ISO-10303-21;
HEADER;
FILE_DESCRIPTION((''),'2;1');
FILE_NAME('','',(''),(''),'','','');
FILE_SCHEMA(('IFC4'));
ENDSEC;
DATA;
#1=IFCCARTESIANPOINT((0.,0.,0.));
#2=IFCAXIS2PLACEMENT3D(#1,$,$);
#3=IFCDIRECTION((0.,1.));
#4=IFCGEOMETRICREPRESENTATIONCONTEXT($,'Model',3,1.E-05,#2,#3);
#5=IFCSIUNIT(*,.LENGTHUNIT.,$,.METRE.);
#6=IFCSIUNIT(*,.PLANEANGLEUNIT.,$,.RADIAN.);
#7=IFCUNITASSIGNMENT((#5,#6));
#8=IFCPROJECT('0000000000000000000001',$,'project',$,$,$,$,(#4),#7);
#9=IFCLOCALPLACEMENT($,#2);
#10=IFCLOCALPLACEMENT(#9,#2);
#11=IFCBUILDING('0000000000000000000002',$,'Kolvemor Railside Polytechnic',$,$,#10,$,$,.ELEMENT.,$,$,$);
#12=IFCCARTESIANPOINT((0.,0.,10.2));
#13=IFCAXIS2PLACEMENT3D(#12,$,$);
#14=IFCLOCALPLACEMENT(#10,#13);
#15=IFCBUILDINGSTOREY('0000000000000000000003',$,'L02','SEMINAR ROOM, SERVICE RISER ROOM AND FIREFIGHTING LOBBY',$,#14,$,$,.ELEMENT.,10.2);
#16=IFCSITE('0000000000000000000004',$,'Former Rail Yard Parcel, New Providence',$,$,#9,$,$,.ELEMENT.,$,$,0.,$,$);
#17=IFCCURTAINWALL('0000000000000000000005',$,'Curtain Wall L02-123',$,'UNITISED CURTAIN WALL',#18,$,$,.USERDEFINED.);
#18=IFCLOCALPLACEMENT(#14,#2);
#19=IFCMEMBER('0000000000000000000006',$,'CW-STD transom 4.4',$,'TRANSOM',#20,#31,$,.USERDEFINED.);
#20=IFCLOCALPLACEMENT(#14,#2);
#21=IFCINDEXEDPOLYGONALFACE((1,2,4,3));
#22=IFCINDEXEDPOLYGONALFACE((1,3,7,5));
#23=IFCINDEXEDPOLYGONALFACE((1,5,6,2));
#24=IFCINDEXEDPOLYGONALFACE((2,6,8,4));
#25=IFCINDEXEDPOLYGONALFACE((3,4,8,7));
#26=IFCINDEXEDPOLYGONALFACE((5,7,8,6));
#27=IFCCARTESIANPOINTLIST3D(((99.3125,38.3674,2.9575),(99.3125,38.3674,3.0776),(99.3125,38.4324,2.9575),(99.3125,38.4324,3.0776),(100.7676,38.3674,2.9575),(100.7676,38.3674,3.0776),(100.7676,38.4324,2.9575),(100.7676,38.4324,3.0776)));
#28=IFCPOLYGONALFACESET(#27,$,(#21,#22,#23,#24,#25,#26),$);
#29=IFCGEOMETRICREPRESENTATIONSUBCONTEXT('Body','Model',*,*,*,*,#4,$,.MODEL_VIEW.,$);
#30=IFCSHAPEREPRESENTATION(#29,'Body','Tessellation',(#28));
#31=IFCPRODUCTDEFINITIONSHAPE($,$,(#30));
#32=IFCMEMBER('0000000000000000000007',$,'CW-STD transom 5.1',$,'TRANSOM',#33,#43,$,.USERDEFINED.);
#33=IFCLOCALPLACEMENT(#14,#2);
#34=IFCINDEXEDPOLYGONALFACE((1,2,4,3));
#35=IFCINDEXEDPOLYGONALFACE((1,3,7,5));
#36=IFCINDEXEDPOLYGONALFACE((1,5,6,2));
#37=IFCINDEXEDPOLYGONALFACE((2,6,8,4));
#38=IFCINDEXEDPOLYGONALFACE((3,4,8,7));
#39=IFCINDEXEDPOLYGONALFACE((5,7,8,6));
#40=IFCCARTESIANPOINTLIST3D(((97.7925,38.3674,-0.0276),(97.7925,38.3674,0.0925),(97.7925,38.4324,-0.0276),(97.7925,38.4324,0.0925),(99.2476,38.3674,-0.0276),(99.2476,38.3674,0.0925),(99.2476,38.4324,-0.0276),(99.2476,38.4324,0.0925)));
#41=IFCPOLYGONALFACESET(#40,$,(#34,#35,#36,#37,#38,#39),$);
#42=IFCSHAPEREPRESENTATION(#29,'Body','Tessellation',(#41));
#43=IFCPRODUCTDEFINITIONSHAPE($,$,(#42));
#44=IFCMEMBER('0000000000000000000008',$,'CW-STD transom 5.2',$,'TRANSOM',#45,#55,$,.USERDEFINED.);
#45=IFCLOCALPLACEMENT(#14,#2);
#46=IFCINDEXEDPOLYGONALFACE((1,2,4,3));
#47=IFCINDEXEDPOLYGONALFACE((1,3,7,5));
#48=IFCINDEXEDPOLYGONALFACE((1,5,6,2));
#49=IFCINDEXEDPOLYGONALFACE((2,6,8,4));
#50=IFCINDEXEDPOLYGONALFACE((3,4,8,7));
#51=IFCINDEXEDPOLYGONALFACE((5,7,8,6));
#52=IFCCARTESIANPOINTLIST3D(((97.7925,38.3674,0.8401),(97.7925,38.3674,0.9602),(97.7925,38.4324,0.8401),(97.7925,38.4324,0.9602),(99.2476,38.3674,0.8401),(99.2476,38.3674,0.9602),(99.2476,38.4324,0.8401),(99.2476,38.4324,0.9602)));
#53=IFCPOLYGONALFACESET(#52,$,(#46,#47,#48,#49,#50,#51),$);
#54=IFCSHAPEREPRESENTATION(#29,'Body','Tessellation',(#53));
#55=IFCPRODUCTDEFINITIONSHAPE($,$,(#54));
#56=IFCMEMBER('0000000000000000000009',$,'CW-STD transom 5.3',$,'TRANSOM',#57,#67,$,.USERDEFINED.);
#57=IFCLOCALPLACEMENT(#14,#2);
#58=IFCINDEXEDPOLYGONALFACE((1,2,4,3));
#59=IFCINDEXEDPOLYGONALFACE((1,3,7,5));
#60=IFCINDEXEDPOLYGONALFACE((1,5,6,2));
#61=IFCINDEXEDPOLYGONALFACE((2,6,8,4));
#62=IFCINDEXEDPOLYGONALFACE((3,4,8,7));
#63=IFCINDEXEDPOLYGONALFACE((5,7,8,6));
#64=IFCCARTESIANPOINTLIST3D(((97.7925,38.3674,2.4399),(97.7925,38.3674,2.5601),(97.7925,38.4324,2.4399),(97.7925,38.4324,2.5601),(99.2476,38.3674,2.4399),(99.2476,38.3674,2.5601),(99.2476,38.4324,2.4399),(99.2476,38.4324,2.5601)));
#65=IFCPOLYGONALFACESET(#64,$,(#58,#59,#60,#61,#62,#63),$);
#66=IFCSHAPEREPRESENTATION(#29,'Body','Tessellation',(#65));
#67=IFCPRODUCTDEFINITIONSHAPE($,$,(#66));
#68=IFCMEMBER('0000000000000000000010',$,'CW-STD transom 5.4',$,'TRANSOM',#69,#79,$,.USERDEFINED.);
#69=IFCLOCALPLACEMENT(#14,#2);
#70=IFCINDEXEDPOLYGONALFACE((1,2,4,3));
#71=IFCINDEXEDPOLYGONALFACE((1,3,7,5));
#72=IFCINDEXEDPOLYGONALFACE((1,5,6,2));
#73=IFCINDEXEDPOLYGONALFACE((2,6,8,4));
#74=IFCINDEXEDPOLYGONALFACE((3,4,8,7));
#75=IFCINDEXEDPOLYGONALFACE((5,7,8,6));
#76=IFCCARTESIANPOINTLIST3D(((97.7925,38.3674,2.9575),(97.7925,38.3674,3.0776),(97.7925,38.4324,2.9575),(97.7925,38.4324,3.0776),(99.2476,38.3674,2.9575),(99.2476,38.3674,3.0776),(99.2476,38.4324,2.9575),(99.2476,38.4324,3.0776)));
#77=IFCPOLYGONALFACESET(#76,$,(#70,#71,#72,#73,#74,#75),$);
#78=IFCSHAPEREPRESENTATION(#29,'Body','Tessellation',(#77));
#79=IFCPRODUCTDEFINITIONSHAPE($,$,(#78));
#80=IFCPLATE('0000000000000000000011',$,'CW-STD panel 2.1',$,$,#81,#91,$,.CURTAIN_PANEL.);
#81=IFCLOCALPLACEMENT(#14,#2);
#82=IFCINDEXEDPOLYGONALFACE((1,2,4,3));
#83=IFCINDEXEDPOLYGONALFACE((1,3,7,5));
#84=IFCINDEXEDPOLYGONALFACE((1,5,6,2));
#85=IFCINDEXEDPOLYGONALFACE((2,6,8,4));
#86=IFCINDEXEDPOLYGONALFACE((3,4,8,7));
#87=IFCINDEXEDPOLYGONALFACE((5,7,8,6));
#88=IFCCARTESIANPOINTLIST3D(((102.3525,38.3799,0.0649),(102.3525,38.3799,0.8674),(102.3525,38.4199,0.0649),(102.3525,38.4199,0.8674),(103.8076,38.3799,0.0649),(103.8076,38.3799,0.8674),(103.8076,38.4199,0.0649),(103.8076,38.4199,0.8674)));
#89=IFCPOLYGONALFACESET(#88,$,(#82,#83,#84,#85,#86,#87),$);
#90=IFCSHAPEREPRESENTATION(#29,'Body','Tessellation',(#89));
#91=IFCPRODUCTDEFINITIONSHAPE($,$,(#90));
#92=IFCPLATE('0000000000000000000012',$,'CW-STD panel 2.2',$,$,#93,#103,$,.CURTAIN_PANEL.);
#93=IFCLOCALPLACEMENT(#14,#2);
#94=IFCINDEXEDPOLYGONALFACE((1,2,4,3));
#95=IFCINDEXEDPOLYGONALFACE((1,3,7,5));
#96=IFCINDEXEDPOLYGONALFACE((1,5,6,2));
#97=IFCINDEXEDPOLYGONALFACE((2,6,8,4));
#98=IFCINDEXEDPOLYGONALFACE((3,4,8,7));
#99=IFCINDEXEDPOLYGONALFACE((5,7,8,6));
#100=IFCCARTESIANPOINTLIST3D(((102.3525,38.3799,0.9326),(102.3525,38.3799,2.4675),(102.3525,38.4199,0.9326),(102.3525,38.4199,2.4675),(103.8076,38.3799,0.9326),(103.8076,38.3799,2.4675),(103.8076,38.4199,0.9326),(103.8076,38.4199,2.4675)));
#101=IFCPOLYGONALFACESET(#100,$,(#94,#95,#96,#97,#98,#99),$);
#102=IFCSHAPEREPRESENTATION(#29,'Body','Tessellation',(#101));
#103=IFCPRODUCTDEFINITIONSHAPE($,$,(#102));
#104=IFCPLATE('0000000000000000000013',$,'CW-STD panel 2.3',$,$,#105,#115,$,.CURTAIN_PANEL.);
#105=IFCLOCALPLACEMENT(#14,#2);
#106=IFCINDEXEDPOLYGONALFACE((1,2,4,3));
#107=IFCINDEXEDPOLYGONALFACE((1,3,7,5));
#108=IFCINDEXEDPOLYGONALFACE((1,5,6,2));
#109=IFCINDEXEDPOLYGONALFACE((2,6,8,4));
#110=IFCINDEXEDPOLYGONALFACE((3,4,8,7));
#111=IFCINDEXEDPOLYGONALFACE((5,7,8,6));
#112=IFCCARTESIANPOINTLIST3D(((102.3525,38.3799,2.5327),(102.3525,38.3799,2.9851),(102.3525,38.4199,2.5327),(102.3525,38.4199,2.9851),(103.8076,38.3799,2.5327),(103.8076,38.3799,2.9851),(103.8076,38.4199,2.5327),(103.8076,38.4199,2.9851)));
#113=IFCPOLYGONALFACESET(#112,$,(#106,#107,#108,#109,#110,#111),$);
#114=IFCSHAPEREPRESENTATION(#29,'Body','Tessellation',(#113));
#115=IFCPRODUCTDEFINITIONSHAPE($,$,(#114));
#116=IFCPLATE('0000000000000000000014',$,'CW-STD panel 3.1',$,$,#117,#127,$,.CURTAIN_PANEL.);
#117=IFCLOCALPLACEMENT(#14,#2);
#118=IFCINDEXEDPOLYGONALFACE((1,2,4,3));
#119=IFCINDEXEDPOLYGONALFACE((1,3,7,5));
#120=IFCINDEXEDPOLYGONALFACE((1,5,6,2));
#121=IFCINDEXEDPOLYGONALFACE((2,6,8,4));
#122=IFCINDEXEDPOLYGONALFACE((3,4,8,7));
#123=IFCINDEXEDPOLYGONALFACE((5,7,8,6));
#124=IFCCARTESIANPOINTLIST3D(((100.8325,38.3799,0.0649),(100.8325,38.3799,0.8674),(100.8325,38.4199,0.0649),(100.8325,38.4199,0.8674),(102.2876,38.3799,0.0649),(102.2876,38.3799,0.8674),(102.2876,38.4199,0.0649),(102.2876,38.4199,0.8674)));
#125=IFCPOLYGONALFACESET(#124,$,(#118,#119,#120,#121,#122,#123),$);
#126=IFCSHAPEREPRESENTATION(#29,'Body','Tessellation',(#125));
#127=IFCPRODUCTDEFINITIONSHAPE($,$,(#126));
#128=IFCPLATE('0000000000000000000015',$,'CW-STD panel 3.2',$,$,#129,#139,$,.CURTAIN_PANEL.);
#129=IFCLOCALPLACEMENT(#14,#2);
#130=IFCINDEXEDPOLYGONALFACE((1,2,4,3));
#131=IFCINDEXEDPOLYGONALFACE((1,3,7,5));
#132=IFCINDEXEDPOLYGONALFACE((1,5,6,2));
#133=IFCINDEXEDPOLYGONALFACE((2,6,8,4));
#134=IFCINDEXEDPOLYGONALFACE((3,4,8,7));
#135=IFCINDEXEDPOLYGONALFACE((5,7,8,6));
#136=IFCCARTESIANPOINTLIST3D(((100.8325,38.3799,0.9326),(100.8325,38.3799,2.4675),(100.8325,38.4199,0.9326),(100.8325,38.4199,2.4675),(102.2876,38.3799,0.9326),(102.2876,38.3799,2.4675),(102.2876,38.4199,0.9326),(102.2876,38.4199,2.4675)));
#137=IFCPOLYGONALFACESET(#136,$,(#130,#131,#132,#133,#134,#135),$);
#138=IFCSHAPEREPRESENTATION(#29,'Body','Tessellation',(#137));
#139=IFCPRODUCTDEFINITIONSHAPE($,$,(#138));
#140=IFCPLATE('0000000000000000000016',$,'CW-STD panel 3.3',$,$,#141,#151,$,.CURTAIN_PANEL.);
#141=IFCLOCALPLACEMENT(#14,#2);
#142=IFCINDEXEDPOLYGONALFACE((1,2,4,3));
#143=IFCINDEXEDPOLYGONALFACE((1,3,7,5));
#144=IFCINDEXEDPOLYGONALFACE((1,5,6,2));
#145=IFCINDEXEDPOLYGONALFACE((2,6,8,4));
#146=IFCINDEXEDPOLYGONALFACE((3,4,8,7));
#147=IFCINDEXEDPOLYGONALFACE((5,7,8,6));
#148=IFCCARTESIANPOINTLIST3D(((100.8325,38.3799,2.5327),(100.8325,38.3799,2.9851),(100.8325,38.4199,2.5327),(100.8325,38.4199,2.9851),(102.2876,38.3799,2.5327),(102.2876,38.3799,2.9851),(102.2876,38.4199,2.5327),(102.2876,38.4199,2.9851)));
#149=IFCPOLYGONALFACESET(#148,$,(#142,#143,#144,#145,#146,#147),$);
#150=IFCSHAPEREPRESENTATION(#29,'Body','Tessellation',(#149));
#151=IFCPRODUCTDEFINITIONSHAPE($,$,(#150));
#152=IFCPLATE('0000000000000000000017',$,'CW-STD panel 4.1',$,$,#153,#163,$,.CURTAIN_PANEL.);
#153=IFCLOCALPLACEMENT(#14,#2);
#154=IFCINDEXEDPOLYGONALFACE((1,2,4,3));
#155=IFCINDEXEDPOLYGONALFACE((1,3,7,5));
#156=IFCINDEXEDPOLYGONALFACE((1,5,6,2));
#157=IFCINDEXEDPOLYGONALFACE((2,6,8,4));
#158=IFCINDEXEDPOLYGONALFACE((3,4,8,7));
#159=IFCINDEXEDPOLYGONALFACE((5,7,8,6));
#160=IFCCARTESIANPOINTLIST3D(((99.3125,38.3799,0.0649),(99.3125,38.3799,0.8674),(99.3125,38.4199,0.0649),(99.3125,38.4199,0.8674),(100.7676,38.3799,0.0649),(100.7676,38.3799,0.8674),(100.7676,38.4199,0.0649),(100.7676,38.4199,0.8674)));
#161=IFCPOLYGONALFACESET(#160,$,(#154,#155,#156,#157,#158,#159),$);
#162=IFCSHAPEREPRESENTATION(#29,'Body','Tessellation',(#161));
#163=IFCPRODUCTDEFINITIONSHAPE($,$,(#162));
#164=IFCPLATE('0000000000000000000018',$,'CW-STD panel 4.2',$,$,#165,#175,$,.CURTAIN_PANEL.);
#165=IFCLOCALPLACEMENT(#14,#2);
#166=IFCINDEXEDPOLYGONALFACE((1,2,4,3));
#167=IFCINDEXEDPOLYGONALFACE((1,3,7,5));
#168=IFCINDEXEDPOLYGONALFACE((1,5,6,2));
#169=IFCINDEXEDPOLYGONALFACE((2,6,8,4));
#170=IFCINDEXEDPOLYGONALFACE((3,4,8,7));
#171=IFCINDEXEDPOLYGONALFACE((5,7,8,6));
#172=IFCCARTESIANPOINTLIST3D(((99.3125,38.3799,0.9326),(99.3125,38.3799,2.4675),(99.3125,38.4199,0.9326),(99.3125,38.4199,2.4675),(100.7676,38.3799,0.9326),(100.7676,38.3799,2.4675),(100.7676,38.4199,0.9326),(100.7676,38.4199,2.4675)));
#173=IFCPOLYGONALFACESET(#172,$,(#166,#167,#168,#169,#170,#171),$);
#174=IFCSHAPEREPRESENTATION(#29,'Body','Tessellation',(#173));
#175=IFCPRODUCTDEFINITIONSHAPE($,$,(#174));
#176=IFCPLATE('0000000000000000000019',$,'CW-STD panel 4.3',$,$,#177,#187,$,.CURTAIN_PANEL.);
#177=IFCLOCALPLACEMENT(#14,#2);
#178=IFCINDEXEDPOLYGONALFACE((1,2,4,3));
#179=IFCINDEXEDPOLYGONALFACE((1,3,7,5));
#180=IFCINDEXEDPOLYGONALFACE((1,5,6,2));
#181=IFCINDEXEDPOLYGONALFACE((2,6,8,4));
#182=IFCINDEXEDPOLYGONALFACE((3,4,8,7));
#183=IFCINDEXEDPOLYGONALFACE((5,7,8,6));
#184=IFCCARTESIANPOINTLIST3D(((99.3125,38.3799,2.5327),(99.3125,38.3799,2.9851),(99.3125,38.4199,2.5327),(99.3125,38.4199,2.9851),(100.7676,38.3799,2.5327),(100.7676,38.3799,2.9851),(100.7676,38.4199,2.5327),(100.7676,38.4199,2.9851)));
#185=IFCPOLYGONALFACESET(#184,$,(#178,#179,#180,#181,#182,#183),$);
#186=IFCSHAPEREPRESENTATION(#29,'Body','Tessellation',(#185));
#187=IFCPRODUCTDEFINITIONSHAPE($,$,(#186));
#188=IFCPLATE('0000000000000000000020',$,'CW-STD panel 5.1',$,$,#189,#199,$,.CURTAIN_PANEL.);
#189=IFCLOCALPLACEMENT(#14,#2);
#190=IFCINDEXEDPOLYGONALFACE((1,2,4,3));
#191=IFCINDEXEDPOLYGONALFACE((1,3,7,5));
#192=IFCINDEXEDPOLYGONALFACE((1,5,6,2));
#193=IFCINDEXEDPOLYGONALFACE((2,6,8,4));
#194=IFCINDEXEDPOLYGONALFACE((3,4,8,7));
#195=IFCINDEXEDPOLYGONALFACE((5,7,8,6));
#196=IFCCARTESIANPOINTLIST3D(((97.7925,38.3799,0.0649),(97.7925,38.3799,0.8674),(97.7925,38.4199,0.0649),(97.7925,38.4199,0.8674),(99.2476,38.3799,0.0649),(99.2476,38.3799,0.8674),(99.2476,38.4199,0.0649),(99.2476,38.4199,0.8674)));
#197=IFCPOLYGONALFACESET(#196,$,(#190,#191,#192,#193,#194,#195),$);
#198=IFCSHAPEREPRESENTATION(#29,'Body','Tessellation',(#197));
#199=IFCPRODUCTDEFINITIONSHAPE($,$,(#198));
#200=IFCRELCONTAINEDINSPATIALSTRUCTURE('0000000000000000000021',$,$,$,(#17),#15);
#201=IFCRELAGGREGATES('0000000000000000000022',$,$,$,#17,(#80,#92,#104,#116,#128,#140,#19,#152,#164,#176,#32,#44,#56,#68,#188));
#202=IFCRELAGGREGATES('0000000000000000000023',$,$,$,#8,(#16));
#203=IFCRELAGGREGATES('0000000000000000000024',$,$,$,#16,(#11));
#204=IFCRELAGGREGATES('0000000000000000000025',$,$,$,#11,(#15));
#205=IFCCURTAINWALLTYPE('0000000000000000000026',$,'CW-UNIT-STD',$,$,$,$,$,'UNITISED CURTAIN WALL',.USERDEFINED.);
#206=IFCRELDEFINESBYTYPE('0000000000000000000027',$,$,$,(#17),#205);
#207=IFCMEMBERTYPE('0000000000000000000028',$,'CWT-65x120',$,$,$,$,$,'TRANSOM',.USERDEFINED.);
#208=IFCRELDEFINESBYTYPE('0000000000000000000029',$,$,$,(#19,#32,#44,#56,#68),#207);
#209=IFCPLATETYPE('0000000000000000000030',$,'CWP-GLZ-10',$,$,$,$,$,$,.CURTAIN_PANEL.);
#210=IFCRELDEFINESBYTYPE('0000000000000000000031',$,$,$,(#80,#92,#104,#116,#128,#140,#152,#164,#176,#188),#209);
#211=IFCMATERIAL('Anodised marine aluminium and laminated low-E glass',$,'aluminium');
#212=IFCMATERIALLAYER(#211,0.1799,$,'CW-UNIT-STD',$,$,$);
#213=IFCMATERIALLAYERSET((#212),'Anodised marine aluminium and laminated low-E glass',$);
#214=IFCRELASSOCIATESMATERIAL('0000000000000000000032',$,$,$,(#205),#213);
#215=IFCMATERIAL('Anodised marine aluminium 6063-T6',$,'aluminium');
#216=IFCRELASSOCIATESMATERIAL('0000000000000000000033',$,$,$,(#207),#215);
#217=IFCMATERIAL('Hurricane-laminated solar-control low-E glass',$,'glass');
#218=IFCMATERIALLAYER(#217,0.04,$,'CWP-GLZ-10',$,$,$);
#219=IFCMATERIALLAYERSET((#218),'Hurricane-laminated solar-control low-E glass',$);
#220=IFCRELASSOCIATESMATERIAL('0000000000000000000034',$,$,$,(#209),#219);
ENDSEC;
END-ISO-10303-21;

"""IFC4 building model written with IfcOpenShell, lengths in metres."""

from ifc_helpers import new_model, si_unit, direction, frame, origin, origin_2d, place, context, subcontext, project, spatial, rectangle, extrude, material, layer, layer_set, material_profile, profile_set, type_object, element, aggregate, save


model = new_model("IFC4")

# Units and contexts
model_context = context("Model", 3, precision=1e-05, world=origin(), true_north=direction((0.0, 1.0)))
body_context = subcontext(model_context, "Body", "Model", "MODEL_VIEW")
ifc_project = project(units=[si_unit("LENGTHUNIT", "METRE"), si_unit("PLANEANGLEUNIT", "RADIAN")], contexts=[model_context])

# Site, building, storey
site_placement = place(None, origin())
site = spatial("IfcSite", under=ifc_project, at=site_placement, Name="Former Rail Yard Parcel, New Providence", CompositionType="ELEMENT", RefElevation=0.0)
building_placement = place(site_placement, origin())
building = spatial("IfcBuilding", under=site, at=building_placement, Name="Kolvemor Railside Polytechnic", CompositionType="ELEMENT")
storey_placement = place(building_placement, frame((0.0, 0.0, 10.2)))
storey = spatial("IfcBuildingStorey", under=building, at=storey_placement, Name="L02", Description="SEMINAR ROOM, SERVICE RISER ROOM AND FIREFIGHTING LOBBY", CompositionType="ELEMENT", Elevation=10.2)

# Curtain wall, members, plates
ifc_material_1 = material(Name="Anodised marine aluminium and laminated low-E glass", Category="aluminium")
ifc_layer_1 = layer(ifc_material_1, 0.1799, Name="CW-UNIT-STD")
ifc_layer_set_1 = layer_set([ifc_layer_1], Name="Anodised marine aluminium and laminated low-E glass")
curtain_wall_type = type_object("IfcCurtainWallType", Name="CW-UNIT-STD", ElementType="UNITISED CURTAIN WALL", PredefinedType="USERDEFINED", material=ifc_layer_set_1)
curtain_wall_placement = place(storey_placement, origin())
curtain_wall = element("IfcCurtainWall", 1, at=curtain_wall_placement, inside=storey, type_object=curtain_wall_type, Name="Curtain Wall L02-123", ObjectType="UNITISED CURTAIN WALL", PredefinedType="USERDEFINED")
ifc_material_2 = material(Name="Anodised marine aluminium 6063-T6", Category="aluminium")
ifc_material_profile_1 = material_profile(ifc_material_2, rectangle(XDim=0.0649, YDim=0.1201, at=origin_2d()), Name="CW-TRN-65x120")
ifc_profile_set_1 = profile_set([ifc_material_profile_1], Name="Anodised marine aluminium 6063-T6")
member_type_1 = type_object("IfcMemberType", Name="CWT-65x120", ElementType="TRANSOM", PredefinedType="USERDEFINED", material=ifc_profile_set_1)
member_1_placement = place(storey_placement, frame((100.7676, 38.3999, 3.0176), z_axis=(-1.0, 0.0, 0.0), x_axis=(0.0, -1.0, 0.0)))
member_1 = element("IfcMember", 2, at=member_1_placement, type_object=member_type_1, Name="CW-STD transom 4.4", ObjectType="TRANSOM", PredefinedType="USERDEFINED", context=body_context, shape_type="SweptSolid", body=[
    extrude(rectangle(XDim=0.0649, YDim=0.1201, at=origin_2d()), origin(), (0.0, 0.0, 1.0), 1.4551),
])
member_2_placement = place(storey_placement, frame((99.2476, 38.3999, 0.0325), z_axis=(-1.0, 0.0, 0.0), x_axis=(0.0, -1.0, 0.0)))
member_2 = element("IfcMember", 3, at=member_2_placement, type_object=member_type_1, Name="CW-STD transom 5.1", ObjectType="TRANSOM", PredefinedType="USERDEFINED", context=body_context, shape_type="SweptSolid", body=[
    extrude(rectangle(XDim=0.0649, YDim=0.1201, at=origin_2d()), origin(), (0.0, 0.0, 1.0), 1.4551),
])
member_3_placement = place(storey_placement, frame((99.2476, 38.3999, 0.9001), z_axis=(-1.0, 0.0, 0.0), x_axis=(0.0, -1.0, 0.0)))
member_3 = element("IfcMember", 4, at=member_3_placement, type_object=member_type_1, Name="CW-STD transom 5.2", ObjectType="TRANSOM", PredefinedType="USERDEFINED", context=body_context, shape_type="SweptSolid", body=[
    extrude(rectangle(XDim=0.0649, YDim=0.1201, at=origin_2d()), origin(), (0.0, 0.0, 1.0), 1.4551),
])
member_4_placement = place(storey_placement, frame((99.2476, 38.3999, 2.5), z_axis=(-1.0, 0.0, 0.0), x_axis=(0.0, -1.0, 0.0)))
member_4 = element("IfcMember", 5, at=member_4_placement, type_object=member_type_1, Name="CW-STD transom 5.3", ObjectType="TRANSOM", PredefinedType="USERDEFINED", context=body_context, shape_type="SweptSolid", body=[
    extrude(rectangle(XDim=0.0649, YDim=0.1201, at=origin_2d()), origin(), (0.0, 0.0, 1.0), 1.4551),
])
member_5_placement = place(storey_placement, frame((99.2476, 38.3999, 3.0176), z_axis=(-1.0, 0.0, 0.0), x_axis=(0.0, -1.0, 0.0)))
member_5 = element("IfcMember", 6, at=member_5_placement, type_object=member_type_1, Name="CW-STD transom 5.4", ObjectType="TRANSOM", PredefinedType="USERDEFINED", context=body_context, shape_type="SweptSolid", body=[
    extrude(rectangle(XDim=0.0649, YDim=0.1201, at=origin_2d()), origin(), (0.0, 0.0, 1.0), 1.4551),
])
ifc_material_3 = material(Name="Hurricane-laminated solar-control low-E glass", Category="glass")
ifc_layer_2 = layer(ifc_material_3, 0.04, Name="CWP-GLZ-10")
ifc_layer_set_2 = layer_set([ifc_layer_2], Name="Hurricane-laminated solar-control low-E glass")
plate_type = type_object("IfcPlateType", Name="CWP-GLZ-10", PredefinedType="CURTAIN_PANEL", material=ifc_layer_set_2)
plate_1_placement = place(storey_placement, frame((103.0801, 38.3999, 0.0649), z_axis=(0.0, 0.0, 1.0), x_axis=(-1.0, 0.0, 0.0)))
plate_1 = element("IfcPlate", 7, at=plate_1_placement, type_object=plate_type, Name="CW-STD panel 2.1", PredefinedType="CURTAIN_PANEL", context=body_context, shape_type="SweptSolid", body=[
    extrude(rectangle(XDim=1.4551, YDim=0.04, at=origin_2d()), origin(), (0.0, 0.0, 1.0), 0.8025),
])
plate_2_placement = place(storey_placement, frame((103.0801, 38.3999, 0.9326), z_axis=(0.0, 0.0, 1.0), x_axis=(-1.0, 0.0, 0.0)))
plate_2 = element("IfcPlate", 8, at=plate_2_placement, type_object=plate_type, Name="CW-STD panel 2.2", PredefinedType="CURTAIN_PANEL", context=body_context, shape_type="SweptSolid", body=[
    extrude(rectangle(XDim=1.4551, YDim=0.04, at=origin_2d()), origin(), (0.0, 0.0, 1.0), 1.5349),
])
plate_3_placement = place(storey_placement, frame((103.0801, 38.3999, 2.5327), z_axis=(0.0, 0.0, 1.0), x_axis=(-1.0, 0.0, 0.0)))
plate_3 = element("IfcPlate", 9, at=plate_3_placement, type_object=plate_type, Name="CW-STD panel 2.3", PredefinedType="CURTAIN_PANEL", context=body_context, shape_type="SweptSolid", body=[
    extrude(rectangle(XDim=1.4551, YDim=0.04, at=origin_2d()), origin(), (0.0, 0.0, 1.0), 0.4524),
])
plate_4_placement = place(storey_placement, frame((101.5601, 38.3999, 0.0649), z_axis=(0.0, 0.0, 1.0), x_axis=(-1.0, 0.0, 0.0)))
plate_4 = element("IfcPlate", 10, at=plate_4_placement, type_object=plate_type, Name="CW-STD panel 3.1", PredefinedType="CURTAIN_PANEL", context=body_context, shape_type="SweptSolid", body=[
    extrude(rectangle(XDim=1.4551, YDim=0.04, at=origin_2d()), origin(), (0.0, 0.0, 1.0), 0.8025),
])
plate_5_placement = place(storey_placement, frame((101.5601, 38.3999, 0.9326), z_axis=(0.0, 0.0, 1.0), x_axis=(-1.0, 0.0, 0.0)))
plate_5 = element("IfcPlate", 11, at=plate_5_placement, type_object=plate_type, Name="CW-STD panel 3.2", PredefinedType="CURTAIN_PANEL", context=body_context, shape_type="SweptSolid", body=[
    extrude(rectangle(XDim=1.4551, YDim=0.04, at=origin_2d()), origin(), (0.0, 0.0, 1.0), 1.5349),
])
plate_6_placement = place(storey_placement, frame((101.5601, 38.3999, 2.5327), z_axis=(0.0, 0.0, 1.0), x_axis=(-1.0, 0.0, 0.0)))
plate_6 = element("IfcPlate", 12, at=plate_6_placement, type_object=plate_type, Name="CW-STD panel 3.3", PredefinedType="CURTAIN_PANEL", context=body_context, shape_type="SweptSolid", body=[
    extrude(rectangle(XDim=1.4551, YDim=0.04, at=origin_2d()), origin(), (0.0, 0.0, 1.0), 0.4524),
])
plate_7_placement = place(storey_placement, frame((100.04, 38.3999, 0.0649), z_axis=(0.0, 0.0, 1.0), x_axis=(-1.0, 0.0, 0.0)))
plate_7 = element("IfcPlate", 13, at=plate_7_placement, type_object=plate_type, Name="CW-STD panel 4.1", PredefinedType="CURTAIN_PANEL", context=body_context, shape_type="SweptSolid", body=[
    extrude(rectangle(XDim=1.4551, YDim=0.04, at=origin_2d()), origin(), (0.0, 0.0, 1.0), 0.8025),
])
plate_8_placement = place(storey_placement, frame((100.04, 38.3999, 0.9326), z_axis=(0.0, 0.0, 1.0), x_axis=(-1.0, 0.0, 0.0)))
plate_8 = element("IfcPlate", 14, at=plate_8_placement, type_object=plate_type, Name="CW-STD panel 4.2", PredefinedType="CURTAIN_PANEL", context=body_context, shape_type="SweptSolid", body=[
    extrude(rectangle(XDim=1.4551, YDim=0.04, at=origin_2d()), origin(), (0.0, 0.0, 1.0), 1.5349),
])
plate_9_placement = place(storey_placement, frame((100.04, 38.3999, 2.5327), z_axis=(0.0, 0.0, 1.0), x_axis=(-1.0, 0.0, 0.0)))
plate_9 = element("IfcPlate", 15, at=plate_9_placement, type_object=plate_type, Name="CW-STD panel 4.3", PredefinedType="CURTAIN_PANEL", context=body_context, shape_type="SweptSolid", body=[
    extrude(rectangle(XDim=1.4551, YDim=0.04, at=origin_2d()), origin(), (0.0, 0.0, 1.0), 0.4524),
])
plate_10_placement = place(storey_placement, frame((98.52, 38.3999, 0.0649), z_axis=(0.0, 0.0, 1.0), x_axis=(-1.0, 0.0, 0.0)))
plate_10 = element("IfcPlate", 16, at=plate_10_placement, type_object=plate_type, Name="CW-STD panel 5.1", PredefinedType="CURTAIN_PANEL", context=body_context, shape_type="SweptSolid", body=[
    extrude(rectangle(XDim=1.4551, YDim=0.04, at=origin_2d()), origin(), (0.0, 0.0, 1.0), 0.8025),
])
aggregate(curtain_wall, [plate_1, plate_2, plate_3, plate_4, plate_5, plate_6, member_1, plate_7, plate_8, plate_9, member_2, member_3, member_4, member_5, plate_10])

save(model, "model.ifc")
